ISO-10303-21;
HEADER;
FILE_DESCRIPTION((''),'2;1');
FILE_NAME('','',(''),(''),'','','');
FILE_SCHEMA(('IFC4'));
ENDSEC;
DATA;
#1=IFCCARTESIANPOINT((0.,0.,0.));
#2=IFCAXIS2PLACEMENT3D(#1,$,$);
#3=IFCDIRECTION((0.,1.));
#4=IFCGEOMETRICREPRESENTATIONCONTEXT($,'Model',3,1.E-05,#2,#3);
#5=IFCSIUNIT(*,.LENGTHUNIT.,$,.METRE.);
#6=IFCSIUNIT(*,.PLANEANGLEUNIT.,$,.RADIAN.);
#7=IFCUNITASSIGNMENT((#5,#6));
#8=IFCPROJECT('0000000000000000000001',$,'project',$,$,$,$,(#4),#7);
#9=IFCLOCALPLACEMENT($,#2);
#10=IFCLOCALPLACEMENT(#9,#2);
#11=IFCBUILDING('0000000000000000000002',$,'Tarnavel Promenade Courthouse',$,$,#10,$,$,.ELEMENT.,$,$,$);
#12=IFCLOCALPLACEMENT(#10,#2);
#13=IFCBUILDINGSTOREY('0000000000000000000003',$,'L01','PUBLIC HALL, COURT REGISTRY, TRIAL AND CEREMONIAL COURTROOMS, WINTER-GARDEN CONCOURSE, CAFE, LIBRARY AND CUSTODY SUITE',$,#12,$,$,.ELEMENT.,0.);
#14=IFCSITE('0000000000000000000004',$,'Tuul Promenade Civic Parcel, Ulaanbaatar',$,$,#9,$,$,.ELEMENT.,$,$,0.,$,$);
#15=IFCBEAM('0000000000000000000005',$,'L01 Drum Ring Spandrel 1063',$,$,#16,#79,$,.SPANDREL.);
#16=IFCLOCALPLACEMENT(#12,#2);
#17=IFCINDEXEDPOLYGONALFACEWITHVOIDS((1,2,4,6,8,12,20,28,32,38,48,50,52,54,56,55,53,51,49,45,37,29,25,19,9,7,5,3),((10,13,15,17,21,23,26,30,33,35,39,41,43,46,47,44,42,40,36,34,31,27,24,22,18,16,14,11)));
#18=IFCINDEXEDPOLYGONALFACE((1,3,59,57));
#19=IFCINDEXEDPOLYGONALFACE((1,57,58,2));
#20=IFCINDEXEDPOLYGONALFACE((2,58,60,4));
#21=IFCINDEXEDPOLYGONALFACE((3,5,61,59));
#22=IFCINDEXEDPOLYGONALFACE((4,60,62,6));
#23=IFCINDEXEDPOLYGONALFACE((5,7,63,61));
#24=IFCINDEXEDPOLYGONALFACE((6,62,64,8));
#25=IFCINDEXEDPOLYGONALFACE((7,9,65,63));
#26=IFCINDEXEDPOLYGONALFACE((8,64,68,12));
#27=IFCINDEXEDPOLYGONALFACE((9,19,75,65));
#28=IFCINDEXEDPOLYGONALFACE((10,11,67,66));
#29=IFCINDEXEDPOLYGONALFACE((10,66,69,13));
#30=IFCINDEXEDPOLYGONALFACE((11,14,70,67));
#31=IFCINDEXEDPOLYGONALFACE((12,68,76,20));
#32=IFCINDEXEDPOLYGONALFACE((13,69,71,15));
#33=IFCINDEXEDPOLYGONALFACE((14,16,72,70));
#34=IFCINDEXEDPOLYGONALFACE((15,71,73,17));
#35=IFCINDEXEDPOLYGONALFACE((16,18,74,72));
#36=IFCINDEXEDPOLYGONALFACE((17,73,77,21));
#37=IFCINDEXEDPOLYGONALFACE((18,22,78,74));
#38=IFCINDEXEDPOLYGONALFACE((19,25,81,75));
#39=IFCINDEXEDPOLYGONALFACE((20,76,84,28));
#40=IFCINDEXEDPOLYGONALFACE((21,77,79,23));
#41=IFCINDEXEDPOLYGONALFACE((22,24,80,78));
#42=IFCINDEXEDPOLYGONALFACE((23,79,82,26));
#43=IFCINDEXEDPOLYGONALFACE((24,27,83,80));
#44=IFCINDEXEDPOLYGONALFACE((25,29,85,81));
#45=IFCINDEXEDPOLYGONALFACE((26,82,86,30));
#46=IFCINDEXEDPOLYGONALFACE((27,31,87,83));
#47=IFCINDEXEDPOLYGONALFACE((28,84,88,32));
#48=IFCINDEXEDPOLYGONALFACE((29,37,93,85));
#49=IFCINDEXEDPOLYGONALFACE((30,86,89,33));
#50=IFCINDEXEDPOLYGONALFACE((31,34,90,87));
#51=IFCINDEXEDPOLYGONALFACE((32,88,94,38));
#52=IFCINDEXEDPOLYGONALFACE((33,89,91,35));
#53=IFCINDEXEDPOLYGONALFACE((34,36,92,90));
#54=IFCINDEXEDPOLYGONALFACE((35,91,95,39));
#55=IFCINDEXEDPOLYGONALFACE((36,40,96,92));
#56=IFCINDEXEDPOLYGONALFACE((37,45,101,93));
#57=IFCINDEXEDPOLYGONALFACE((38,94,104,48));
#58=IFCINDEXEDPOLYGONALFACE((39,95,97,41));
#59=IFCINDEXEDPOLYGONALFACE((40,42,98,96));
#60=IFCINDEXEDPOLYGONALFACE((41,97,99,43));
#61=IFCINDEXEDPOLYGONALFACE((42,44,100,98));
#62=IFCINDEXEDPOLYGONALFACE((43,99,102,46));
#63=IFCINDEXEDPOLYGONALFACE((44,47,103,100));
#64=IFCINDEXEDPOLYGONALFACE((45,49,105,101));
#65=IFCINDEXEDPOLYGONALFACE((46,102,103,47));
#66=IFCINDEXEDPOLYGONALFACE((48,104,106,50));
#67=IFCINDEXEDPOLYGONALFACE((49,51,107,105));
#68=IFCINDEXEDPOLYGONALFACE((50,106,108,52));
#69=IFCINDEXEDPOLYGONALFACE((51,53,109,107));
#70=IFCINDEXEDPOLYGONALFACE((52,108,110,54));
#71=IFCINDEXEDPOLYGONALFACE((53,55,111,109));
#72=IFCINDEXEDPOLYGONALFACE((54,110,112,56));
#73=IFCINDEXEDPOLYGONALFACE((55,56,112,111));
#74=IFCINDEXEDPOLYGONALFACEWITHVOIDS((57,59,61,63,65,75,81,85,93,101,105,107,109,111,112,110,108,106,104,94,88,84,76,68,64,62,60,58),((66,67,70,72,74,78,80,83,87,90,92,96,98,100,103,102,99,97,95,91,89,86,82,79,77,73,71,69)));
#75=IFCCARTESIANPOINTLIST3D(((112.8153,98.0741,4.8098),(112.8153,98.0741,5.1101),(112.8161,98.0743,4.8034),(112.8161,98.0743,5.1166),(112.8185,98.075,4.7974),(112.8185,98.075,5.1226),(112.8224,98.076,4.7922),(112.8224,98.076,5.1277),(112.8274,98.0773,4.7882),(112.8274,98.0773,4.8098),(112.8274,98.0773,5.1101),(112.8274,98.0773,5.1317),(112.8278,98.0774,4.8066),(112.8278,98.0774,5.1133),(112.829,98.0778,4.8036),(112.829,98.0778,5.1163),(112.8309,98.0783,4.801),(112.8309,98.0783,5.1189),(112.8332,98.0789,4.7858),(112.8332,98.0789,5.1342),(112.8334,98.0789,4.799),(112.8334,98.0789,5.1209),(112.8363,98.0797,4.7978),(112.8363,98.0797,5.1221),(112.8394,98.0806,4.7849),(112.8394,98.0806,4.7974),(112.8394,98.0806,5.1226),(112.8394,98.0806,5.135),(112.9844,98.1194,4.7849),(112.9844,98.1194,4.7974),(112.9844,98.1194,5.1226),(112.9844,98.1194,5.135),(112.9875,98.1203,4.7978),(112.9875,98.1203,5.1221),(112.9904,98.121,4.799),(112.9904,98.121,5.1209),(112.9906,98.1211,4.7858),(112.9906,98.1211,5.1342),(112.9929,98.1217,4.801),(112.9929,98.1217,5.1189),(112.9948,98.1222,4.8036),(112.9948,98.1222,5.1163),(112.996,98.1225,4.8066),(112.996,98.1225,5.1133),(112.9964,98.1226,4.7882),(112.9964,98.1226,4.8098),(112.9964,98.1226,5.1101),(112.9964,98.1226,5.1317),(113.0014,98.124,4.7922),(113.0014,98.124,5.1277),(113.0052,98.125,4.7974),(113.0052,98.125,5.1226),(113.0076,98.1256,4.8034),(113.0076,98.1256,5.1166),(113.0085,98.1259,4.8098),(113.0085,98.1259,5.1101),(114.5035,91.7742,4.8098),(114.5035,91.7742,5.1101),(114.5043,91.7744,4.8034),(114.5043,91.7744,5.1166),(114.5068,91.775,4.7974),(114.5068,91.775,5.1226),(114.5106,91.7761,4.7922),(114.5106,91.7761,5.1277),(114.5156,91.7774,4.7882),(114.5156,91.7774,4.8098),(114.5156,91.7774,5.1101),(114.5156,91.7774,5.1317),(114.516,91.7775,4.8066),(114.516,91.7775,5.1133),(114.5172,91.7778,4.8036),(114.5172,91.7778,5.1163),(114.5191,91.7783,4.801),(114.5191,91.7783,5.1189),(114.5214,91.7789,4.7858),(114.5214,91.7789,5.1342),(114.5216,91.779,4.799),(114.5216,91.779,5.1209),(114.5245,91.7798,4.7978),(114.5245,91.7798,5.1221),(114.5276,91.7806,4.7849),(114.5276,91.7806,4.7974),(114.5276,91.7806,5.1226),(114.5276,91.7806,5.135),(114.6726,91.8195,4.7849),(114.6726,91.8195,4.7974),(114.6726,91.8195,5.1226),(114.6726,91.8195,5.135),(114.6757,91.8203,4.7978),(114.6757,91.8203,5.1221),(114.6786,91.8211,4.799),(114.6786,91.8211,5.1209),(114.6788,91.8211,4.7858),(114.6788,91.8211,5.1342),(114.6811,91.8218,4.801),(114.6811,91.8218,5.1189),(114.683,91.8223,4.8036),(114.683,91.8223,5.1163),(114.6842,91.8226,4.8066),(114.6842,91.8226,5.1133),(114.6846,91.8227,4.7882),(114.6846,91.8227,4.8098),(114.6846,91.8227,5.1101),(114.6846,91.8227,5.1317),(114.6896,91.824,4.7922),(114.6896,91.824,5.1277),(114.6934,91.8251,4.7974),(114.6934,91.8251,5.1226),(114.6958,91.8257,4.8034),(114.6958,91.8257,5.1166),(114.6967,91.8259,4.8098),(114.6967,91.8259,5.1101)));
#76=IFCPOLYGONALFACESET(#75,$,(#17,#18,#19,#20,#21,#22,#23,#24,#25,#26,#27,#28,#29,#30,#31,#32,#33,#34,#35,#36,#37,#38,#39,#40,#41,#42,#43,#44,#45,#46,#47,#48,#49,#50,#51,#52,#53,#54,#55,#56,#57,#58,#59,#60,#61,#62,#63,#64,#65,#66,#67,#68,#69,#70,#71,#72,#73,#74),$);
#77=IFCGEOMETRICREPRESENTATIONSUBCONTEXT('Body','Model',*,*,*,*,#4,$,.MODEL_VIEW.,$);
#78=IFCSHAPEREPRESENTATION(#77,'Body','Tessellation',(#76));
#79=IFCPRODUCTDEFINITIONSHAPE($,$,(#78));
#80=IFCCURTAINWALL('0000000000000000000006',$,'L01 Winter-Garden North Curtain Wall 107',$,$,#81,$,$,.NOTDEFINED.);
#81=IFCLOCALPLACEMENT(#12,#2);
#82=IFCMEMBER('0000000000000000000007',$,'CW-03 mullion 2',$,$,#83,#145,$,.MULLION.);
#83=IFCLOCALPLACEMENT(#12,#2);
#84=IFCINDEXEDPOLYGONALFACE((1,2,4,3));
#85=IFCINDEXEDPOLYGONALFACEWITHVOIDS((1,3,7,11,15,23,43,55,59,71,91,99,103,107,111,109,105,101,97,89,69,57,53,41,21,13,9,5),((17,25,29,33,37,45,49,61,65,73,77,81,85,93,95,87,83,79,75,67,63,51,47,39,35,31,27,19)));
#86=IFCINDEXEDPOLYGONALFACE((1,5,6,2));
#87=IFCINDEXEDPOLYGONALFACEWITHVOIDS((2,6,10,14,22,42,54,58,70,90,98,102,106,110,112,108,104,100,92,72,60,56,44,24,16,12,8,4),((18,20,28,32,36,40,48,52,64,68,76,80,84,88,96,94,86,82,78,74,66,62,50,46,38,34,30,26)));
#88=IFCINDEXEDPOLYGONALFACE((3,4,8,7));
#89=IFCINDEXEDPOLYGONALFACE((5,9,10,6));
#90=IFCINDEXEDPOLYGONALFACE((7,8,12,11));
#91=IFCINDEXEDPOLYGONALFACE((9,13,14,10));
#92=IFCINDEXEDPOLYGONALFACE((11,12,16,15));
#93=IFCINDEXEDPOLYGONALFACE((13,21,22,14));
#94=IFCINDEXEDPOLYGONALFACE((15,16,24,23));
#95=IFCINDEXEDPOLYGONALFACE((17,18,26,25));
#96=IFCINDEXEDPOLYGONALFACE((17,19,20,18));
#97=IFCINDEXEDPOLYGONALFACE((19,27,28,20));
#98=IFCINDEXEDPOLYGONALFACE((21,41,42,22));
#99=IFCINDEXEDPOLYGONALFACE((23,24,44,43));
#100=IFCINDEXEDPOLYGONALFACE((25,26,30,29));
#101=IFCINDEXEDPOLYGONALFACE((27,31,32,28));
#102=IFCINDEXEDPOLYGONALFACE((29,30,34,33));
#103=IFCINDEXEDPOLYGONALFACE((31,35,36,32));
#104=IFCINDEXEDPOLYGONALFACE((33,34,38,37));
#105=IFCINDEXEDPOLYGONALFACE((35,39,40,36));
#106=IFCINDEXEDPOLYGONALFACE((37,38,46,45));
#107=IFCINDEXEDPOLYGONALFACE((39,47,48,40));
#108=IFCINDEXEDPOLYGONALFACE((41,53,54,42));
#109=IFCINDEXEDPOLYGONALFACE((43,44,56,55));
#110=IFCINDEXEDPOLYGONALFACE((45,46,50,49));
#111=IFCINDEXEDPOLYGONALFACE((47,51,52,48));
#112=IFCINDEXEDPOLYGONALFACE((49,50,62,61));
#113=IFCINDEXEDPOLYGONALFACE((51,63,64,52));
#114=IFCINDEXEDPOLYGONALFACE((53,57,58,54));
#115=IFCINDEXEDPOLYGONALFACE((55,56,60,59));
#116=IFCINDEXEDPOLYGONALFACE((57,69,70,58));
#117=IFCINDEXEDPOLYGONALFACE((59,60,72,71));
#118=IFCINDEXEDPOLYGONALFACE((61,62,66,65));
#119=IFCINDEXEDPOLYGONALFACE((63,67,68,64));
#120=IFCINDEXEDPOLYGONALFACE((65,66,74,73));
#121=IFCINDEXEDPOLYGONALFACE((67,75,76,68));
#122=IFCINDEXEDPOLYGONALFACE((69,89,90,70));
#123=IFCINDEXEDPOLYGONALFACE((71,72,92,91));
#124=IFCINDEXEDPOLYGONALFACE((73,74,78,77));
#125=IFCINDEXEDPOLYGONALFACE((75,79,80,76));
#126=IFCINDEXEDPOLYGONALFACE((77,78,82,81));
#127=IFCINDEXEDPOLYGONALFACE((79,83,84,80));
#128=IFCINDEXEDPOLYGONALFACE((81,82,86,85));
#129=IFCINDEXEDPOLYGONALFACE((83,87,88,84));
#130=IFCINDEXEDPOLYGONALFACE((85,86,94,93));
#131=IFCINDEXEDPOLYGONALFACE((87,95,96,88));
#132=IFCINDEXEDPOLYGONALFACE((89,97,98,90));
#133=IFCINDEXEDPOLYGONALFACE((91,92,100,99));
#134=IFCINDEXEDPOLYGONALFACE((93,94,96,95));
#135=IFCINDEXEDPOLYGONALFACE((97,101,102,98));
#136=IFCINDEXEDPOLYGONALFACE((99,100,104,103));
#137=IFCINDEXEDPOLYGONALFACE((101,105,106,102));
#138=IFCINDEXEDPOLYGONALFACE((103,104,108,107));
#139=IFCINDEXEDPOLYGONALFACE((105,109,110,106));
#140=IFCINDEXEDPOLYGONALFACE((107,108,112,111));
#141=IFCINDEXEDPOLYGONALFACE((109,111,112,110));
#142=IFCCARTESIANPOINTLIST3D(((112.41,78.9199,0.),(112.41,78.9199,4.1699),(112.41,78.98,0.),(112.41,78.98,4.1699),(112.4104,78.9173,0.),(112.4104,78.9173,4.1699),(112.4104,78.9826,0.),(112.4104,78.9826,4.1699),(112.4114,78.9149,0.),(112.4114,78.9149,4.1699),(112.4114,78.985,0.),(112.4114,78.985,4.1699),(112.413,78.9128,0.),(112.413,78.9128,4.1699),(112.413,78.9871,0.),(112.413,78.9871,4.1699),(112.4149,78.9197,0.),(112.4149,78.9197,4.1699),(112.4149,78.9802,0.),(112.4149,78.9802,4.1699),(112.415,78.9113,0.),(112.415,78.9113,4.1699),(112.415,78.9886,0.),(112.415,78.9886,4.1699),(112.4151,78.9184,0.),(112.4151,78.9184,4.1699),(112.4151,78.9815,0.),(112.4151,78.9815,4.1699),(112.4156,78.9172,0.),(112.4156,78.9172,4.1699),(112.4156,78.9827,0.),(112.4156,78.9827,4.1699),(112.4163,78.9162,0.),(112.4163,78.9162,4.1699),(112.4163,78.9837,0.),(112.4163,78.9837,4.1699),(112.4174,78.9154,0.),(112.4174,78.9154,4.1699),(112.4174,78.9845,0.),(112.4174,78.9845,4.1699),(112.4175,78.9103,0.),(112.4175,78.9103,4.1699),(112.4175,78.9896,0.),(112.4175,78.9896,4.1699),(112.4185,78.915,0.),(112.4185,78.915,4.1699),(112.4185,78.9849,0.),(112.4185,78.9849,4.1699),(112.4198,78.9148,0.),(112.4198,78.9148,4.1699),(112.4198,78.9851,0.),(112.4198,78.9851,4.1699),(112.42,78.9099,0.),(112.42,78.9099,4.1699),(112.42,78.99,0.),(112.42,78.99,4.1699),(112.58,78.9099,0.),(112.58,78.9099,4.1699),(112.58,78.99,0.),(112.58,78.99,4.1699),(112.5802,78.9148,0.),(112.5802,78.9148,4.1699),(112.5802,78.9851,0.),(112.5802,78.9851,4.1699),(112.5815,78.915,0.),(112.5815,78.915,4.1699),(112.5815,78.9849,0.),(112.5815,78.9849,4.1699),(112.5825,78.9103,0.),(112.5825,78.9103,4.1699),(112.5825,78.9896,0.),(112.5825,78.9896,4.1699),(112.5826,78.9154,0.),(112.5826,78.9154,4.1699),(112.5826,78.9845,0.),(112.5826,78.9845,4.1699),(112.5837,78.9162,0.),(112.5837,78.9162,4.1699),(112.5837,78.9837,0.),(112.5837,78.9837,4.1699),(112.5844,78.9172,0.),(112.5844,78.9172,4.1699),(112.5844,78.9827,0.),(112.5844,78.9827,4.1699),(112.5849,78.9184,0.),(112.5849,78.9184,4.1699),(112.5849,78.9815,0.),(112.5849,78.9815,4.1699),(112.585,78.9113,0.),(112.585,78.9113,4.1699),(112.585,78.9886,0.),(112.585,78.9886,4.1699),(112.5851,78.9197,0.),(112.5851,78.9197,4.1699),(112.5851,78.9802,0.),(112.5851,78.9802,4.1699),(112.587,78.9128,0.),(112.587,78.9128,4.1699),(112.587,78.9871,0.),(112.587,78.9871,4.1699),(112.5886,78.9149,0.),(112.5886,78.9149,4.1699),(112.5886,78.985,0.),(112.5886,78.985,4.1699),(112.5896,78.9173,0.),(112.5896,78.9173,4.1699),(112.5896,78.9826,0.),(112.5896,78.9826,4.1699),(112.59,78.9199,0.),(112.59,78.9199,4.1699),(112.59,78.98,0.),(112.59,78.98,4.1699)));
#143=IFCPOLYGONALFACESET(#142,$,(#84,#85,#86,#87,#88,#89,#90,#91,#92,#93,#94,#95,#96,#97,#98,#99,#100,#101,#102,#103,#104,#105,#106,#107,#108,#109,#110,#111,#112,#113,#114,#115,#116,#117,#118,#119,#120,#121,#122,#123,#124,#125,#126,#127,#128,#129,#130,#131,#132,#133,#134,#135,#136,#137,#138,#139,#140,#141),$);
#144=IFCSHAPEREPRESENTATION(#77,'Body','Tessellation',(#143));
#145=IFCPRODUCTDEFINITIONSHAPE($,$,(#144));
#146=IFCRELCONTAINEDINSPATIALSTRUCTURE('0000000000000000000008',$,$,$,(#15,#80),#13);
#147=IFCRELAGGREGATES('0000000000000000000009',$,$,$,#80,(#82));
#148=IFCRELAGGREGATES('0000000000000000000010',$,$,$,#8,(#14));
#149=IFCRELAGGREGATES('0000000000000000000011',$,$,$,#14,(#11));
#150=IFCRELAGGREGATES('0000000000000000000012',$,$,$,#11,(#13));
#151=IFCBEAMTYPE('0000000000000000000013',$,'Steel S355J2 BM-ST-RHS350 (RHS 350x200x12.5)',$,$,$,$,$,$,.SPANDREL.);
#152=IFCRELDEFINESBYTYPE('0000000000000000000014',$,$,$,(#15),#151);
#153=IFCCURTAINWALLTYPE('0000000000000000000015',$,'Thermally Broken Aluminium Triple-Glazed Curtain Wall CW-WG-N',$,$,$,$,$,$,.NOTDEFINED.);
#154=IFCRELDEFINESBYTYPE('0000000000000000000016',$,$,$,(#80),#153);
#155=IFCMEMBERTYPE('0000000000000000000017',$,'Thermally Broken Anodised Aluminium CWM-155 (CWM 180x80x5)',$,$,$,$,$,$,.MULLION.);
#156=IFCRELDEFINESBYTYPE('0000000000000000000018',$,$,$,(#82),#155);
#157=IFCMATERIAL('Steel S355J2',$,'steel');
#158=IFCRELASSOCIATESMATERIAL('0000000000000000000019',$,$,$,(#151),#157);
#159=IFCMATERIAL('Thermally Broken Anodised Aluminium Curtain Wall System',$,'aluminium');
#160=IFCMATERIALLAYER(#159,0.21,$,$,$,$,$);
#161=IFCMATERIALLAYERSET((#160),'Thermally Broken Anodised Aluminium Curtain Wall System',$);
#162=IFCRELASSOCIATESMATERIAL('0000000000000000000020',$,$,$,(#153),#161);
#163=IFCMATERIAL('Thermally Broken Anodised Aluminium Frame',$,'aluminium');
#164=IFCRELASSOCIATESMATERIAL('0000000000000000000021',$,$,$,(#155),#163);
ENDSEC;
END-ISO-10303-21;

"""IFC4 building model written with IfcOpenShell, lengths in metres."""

from ifc_helpers import new_model, si_unit, direction, frame, origin, origin_2d, place, context, subcontext, project, spatial, hollow_rectangle, extrude, material, layer, layer_set, material_profile, profile_set, type_object, element, aggregate, save


model = new_model("IFC4")

# Units and contexts
model_context = context("Model", 3, precision=1e-05, world=origin(), true_north=direction((0.0, 1.0)))
body_context = subcontext(model_context, "Body", "Model", "MODEL_VIEW")
ifc_project = project(units=[si_unit("LENGTHUNIT", "METRE"), si_unit("PLANEANGLEUNIT", "RADIAN")], contexts=[model_context])

# Site, building, storey
site_placement = place(None, origin())
site = spatial("IfcSite", under=ifc_project, at=site_placement, Name="Tuul Promenade Civic Parcel, Ulaanbaatar", CompositionType="ELEMENT", RefElevation=0.0)
building_placement = place(site_placement, origin())
building = spatial("IfcBuilding", under=site, at=building_placement, Name="Tarnavel Promenade Courthouse", CompositionType="ELEMENT")
storey_placement = place(building_placement, origin())
storey = spatial("IfcBuildingStorey", under=building, at=storey_placement, Name="L01", Description="PUBLIC HALL, COURT REGISTRY, TRIAL AND CEREMONIAL COURTROOMS, WINTER-GARDEN CONCOURSE, CAFE, LIBRARY AND CUSTODY SUITE", CompositionType="ELEMENT", Elevation=0.0)

# Beam
ifc_material_1 = material(Name="Steel S355J2", Category="steel")
ifc_material_profile_1 = material_profile(ifc_material_1, hollow_rectangle(XDim=0.2, YDim=0.3501, WallThickness=0.0125, InnerFilletRadius=0.0125, OuterFilletRadius=0.0249, at=origin_2d()), Name="RHS 350x200x12.5")
ifc_profile_set_1 = profile_set([ifc_material_profile_1], Name="Steel S355J2")
beam_type_1 = type_object("IfcBeamType", Name="Steel S355J2 BM-ST-RHS350 (RHS 350x200x12.5)", PredefinedType="SPANDREL", material=ifc_profile_set_1)
for number, where, z_axis, x_axis, name in (
    (1, (114.6001, 91.8, 4.96), (-0.258839, 0.96592, 0.0), (-0.96592, -0.258839, 0.0), "L01 Drum Ring Spandrel 1063"),
):
    element("IfcBeam", number, at=place(storey_placement, frame(where, z_axis=z_axis, x_axis=x_axis)), inside=storey, type_object=beam_type_1, Name=name, PredefinedType="SPANDREL", context=body_context, shape_type="SweptSolid", body=[
        extrude(hollow_rectangle(XDim=0.2, YDim=0.3501, WallThickness=0.0125, InnerFilletRadius=0.0125, OuterFilletRadius=0.0249, at=origin_2d()), origin(), (0.0, 0.0, 1.0), 6.5222),
    ])

# Curtain wall, member
ifc_material_2 = material(Name="Thermally Broken Anodised Aluminium Curtain Wall System", Category="aluminium")
ifc_layer_1 = layer(ifc_material_2, 0.21)
ifc_layer_set_1 = layer_set([ifc_layer_1], Name="Thermally Broken Anodised Aluminium Curtain Wall System")
curtain_wall_type = type_object("IfcCurtainWallType", Name="Thermally Broken Aluminium Triple-Glazed Curtain Wall CW-WG-N", PredefinedType="NOTDEFINED", material=ifc_layer_set_1)
curtain_wall_placement = place(storey_placement, origin())
curtain_wall = element("IfcCurtainWall", 2, at=curtain_wall_placement, inside=storey, type_object=curtain_wall_type, Name="L01 Winter-Garden North Curtain Wall 107", PredefinedType="NOTDEFINED")
ifc_material_3 = material(Name="Thermally Broken Anodised Aluminium Frame", Category="aluminium")
ifc_material_profile_2 = material_profile(ifc_material_3, hollow_rectangle(XDim=0.0801, YDim=0.1799, WallThickness=0.0049, InnerFilletRadius=0.0049, OuterFilletRadius=0.01, at=origin_2d()), Name="CWM 180x80x5")
ifc_profile_set_2 = profile_set([ifc_material_profile_2], Name="Thermally Broken Anodised Aluminium Frame")
member_type_1 = type_object("IfcMemberType", Name="Thermally Broken Anodised Aluminium CWM-155 (CWM 180x80x5)", PredefinedType="MULLION", material=ifc_profile_set_2)
member_1_placement = place(storey_placement, frame((112.5, 78.95, 0.0), z_axis=(0.0, 0.0, 1.0), x_axis=(0.0, 1.0, 0.0)))
member_1 = element("IfcMember", 3, at=member_1_placement, type_object=member_type_1, Name="CW-03 mullion 2", PredefinedType="MULLION", context=body_context, shape_type="SweptSolid", body=[
    extrude(hollow_rectangle(XDim=0.0801, YDim=0.1799, WallThickness=0.0049, InnerFilletRadius=0.0049, OuterFilletRadius=0.01, at=origin_2d()), origin(), (0.0, 0.0, 1.0), 4.1699),
])
aggregate(curtain_wall, [member_1])

save(model, "model.ifc")
